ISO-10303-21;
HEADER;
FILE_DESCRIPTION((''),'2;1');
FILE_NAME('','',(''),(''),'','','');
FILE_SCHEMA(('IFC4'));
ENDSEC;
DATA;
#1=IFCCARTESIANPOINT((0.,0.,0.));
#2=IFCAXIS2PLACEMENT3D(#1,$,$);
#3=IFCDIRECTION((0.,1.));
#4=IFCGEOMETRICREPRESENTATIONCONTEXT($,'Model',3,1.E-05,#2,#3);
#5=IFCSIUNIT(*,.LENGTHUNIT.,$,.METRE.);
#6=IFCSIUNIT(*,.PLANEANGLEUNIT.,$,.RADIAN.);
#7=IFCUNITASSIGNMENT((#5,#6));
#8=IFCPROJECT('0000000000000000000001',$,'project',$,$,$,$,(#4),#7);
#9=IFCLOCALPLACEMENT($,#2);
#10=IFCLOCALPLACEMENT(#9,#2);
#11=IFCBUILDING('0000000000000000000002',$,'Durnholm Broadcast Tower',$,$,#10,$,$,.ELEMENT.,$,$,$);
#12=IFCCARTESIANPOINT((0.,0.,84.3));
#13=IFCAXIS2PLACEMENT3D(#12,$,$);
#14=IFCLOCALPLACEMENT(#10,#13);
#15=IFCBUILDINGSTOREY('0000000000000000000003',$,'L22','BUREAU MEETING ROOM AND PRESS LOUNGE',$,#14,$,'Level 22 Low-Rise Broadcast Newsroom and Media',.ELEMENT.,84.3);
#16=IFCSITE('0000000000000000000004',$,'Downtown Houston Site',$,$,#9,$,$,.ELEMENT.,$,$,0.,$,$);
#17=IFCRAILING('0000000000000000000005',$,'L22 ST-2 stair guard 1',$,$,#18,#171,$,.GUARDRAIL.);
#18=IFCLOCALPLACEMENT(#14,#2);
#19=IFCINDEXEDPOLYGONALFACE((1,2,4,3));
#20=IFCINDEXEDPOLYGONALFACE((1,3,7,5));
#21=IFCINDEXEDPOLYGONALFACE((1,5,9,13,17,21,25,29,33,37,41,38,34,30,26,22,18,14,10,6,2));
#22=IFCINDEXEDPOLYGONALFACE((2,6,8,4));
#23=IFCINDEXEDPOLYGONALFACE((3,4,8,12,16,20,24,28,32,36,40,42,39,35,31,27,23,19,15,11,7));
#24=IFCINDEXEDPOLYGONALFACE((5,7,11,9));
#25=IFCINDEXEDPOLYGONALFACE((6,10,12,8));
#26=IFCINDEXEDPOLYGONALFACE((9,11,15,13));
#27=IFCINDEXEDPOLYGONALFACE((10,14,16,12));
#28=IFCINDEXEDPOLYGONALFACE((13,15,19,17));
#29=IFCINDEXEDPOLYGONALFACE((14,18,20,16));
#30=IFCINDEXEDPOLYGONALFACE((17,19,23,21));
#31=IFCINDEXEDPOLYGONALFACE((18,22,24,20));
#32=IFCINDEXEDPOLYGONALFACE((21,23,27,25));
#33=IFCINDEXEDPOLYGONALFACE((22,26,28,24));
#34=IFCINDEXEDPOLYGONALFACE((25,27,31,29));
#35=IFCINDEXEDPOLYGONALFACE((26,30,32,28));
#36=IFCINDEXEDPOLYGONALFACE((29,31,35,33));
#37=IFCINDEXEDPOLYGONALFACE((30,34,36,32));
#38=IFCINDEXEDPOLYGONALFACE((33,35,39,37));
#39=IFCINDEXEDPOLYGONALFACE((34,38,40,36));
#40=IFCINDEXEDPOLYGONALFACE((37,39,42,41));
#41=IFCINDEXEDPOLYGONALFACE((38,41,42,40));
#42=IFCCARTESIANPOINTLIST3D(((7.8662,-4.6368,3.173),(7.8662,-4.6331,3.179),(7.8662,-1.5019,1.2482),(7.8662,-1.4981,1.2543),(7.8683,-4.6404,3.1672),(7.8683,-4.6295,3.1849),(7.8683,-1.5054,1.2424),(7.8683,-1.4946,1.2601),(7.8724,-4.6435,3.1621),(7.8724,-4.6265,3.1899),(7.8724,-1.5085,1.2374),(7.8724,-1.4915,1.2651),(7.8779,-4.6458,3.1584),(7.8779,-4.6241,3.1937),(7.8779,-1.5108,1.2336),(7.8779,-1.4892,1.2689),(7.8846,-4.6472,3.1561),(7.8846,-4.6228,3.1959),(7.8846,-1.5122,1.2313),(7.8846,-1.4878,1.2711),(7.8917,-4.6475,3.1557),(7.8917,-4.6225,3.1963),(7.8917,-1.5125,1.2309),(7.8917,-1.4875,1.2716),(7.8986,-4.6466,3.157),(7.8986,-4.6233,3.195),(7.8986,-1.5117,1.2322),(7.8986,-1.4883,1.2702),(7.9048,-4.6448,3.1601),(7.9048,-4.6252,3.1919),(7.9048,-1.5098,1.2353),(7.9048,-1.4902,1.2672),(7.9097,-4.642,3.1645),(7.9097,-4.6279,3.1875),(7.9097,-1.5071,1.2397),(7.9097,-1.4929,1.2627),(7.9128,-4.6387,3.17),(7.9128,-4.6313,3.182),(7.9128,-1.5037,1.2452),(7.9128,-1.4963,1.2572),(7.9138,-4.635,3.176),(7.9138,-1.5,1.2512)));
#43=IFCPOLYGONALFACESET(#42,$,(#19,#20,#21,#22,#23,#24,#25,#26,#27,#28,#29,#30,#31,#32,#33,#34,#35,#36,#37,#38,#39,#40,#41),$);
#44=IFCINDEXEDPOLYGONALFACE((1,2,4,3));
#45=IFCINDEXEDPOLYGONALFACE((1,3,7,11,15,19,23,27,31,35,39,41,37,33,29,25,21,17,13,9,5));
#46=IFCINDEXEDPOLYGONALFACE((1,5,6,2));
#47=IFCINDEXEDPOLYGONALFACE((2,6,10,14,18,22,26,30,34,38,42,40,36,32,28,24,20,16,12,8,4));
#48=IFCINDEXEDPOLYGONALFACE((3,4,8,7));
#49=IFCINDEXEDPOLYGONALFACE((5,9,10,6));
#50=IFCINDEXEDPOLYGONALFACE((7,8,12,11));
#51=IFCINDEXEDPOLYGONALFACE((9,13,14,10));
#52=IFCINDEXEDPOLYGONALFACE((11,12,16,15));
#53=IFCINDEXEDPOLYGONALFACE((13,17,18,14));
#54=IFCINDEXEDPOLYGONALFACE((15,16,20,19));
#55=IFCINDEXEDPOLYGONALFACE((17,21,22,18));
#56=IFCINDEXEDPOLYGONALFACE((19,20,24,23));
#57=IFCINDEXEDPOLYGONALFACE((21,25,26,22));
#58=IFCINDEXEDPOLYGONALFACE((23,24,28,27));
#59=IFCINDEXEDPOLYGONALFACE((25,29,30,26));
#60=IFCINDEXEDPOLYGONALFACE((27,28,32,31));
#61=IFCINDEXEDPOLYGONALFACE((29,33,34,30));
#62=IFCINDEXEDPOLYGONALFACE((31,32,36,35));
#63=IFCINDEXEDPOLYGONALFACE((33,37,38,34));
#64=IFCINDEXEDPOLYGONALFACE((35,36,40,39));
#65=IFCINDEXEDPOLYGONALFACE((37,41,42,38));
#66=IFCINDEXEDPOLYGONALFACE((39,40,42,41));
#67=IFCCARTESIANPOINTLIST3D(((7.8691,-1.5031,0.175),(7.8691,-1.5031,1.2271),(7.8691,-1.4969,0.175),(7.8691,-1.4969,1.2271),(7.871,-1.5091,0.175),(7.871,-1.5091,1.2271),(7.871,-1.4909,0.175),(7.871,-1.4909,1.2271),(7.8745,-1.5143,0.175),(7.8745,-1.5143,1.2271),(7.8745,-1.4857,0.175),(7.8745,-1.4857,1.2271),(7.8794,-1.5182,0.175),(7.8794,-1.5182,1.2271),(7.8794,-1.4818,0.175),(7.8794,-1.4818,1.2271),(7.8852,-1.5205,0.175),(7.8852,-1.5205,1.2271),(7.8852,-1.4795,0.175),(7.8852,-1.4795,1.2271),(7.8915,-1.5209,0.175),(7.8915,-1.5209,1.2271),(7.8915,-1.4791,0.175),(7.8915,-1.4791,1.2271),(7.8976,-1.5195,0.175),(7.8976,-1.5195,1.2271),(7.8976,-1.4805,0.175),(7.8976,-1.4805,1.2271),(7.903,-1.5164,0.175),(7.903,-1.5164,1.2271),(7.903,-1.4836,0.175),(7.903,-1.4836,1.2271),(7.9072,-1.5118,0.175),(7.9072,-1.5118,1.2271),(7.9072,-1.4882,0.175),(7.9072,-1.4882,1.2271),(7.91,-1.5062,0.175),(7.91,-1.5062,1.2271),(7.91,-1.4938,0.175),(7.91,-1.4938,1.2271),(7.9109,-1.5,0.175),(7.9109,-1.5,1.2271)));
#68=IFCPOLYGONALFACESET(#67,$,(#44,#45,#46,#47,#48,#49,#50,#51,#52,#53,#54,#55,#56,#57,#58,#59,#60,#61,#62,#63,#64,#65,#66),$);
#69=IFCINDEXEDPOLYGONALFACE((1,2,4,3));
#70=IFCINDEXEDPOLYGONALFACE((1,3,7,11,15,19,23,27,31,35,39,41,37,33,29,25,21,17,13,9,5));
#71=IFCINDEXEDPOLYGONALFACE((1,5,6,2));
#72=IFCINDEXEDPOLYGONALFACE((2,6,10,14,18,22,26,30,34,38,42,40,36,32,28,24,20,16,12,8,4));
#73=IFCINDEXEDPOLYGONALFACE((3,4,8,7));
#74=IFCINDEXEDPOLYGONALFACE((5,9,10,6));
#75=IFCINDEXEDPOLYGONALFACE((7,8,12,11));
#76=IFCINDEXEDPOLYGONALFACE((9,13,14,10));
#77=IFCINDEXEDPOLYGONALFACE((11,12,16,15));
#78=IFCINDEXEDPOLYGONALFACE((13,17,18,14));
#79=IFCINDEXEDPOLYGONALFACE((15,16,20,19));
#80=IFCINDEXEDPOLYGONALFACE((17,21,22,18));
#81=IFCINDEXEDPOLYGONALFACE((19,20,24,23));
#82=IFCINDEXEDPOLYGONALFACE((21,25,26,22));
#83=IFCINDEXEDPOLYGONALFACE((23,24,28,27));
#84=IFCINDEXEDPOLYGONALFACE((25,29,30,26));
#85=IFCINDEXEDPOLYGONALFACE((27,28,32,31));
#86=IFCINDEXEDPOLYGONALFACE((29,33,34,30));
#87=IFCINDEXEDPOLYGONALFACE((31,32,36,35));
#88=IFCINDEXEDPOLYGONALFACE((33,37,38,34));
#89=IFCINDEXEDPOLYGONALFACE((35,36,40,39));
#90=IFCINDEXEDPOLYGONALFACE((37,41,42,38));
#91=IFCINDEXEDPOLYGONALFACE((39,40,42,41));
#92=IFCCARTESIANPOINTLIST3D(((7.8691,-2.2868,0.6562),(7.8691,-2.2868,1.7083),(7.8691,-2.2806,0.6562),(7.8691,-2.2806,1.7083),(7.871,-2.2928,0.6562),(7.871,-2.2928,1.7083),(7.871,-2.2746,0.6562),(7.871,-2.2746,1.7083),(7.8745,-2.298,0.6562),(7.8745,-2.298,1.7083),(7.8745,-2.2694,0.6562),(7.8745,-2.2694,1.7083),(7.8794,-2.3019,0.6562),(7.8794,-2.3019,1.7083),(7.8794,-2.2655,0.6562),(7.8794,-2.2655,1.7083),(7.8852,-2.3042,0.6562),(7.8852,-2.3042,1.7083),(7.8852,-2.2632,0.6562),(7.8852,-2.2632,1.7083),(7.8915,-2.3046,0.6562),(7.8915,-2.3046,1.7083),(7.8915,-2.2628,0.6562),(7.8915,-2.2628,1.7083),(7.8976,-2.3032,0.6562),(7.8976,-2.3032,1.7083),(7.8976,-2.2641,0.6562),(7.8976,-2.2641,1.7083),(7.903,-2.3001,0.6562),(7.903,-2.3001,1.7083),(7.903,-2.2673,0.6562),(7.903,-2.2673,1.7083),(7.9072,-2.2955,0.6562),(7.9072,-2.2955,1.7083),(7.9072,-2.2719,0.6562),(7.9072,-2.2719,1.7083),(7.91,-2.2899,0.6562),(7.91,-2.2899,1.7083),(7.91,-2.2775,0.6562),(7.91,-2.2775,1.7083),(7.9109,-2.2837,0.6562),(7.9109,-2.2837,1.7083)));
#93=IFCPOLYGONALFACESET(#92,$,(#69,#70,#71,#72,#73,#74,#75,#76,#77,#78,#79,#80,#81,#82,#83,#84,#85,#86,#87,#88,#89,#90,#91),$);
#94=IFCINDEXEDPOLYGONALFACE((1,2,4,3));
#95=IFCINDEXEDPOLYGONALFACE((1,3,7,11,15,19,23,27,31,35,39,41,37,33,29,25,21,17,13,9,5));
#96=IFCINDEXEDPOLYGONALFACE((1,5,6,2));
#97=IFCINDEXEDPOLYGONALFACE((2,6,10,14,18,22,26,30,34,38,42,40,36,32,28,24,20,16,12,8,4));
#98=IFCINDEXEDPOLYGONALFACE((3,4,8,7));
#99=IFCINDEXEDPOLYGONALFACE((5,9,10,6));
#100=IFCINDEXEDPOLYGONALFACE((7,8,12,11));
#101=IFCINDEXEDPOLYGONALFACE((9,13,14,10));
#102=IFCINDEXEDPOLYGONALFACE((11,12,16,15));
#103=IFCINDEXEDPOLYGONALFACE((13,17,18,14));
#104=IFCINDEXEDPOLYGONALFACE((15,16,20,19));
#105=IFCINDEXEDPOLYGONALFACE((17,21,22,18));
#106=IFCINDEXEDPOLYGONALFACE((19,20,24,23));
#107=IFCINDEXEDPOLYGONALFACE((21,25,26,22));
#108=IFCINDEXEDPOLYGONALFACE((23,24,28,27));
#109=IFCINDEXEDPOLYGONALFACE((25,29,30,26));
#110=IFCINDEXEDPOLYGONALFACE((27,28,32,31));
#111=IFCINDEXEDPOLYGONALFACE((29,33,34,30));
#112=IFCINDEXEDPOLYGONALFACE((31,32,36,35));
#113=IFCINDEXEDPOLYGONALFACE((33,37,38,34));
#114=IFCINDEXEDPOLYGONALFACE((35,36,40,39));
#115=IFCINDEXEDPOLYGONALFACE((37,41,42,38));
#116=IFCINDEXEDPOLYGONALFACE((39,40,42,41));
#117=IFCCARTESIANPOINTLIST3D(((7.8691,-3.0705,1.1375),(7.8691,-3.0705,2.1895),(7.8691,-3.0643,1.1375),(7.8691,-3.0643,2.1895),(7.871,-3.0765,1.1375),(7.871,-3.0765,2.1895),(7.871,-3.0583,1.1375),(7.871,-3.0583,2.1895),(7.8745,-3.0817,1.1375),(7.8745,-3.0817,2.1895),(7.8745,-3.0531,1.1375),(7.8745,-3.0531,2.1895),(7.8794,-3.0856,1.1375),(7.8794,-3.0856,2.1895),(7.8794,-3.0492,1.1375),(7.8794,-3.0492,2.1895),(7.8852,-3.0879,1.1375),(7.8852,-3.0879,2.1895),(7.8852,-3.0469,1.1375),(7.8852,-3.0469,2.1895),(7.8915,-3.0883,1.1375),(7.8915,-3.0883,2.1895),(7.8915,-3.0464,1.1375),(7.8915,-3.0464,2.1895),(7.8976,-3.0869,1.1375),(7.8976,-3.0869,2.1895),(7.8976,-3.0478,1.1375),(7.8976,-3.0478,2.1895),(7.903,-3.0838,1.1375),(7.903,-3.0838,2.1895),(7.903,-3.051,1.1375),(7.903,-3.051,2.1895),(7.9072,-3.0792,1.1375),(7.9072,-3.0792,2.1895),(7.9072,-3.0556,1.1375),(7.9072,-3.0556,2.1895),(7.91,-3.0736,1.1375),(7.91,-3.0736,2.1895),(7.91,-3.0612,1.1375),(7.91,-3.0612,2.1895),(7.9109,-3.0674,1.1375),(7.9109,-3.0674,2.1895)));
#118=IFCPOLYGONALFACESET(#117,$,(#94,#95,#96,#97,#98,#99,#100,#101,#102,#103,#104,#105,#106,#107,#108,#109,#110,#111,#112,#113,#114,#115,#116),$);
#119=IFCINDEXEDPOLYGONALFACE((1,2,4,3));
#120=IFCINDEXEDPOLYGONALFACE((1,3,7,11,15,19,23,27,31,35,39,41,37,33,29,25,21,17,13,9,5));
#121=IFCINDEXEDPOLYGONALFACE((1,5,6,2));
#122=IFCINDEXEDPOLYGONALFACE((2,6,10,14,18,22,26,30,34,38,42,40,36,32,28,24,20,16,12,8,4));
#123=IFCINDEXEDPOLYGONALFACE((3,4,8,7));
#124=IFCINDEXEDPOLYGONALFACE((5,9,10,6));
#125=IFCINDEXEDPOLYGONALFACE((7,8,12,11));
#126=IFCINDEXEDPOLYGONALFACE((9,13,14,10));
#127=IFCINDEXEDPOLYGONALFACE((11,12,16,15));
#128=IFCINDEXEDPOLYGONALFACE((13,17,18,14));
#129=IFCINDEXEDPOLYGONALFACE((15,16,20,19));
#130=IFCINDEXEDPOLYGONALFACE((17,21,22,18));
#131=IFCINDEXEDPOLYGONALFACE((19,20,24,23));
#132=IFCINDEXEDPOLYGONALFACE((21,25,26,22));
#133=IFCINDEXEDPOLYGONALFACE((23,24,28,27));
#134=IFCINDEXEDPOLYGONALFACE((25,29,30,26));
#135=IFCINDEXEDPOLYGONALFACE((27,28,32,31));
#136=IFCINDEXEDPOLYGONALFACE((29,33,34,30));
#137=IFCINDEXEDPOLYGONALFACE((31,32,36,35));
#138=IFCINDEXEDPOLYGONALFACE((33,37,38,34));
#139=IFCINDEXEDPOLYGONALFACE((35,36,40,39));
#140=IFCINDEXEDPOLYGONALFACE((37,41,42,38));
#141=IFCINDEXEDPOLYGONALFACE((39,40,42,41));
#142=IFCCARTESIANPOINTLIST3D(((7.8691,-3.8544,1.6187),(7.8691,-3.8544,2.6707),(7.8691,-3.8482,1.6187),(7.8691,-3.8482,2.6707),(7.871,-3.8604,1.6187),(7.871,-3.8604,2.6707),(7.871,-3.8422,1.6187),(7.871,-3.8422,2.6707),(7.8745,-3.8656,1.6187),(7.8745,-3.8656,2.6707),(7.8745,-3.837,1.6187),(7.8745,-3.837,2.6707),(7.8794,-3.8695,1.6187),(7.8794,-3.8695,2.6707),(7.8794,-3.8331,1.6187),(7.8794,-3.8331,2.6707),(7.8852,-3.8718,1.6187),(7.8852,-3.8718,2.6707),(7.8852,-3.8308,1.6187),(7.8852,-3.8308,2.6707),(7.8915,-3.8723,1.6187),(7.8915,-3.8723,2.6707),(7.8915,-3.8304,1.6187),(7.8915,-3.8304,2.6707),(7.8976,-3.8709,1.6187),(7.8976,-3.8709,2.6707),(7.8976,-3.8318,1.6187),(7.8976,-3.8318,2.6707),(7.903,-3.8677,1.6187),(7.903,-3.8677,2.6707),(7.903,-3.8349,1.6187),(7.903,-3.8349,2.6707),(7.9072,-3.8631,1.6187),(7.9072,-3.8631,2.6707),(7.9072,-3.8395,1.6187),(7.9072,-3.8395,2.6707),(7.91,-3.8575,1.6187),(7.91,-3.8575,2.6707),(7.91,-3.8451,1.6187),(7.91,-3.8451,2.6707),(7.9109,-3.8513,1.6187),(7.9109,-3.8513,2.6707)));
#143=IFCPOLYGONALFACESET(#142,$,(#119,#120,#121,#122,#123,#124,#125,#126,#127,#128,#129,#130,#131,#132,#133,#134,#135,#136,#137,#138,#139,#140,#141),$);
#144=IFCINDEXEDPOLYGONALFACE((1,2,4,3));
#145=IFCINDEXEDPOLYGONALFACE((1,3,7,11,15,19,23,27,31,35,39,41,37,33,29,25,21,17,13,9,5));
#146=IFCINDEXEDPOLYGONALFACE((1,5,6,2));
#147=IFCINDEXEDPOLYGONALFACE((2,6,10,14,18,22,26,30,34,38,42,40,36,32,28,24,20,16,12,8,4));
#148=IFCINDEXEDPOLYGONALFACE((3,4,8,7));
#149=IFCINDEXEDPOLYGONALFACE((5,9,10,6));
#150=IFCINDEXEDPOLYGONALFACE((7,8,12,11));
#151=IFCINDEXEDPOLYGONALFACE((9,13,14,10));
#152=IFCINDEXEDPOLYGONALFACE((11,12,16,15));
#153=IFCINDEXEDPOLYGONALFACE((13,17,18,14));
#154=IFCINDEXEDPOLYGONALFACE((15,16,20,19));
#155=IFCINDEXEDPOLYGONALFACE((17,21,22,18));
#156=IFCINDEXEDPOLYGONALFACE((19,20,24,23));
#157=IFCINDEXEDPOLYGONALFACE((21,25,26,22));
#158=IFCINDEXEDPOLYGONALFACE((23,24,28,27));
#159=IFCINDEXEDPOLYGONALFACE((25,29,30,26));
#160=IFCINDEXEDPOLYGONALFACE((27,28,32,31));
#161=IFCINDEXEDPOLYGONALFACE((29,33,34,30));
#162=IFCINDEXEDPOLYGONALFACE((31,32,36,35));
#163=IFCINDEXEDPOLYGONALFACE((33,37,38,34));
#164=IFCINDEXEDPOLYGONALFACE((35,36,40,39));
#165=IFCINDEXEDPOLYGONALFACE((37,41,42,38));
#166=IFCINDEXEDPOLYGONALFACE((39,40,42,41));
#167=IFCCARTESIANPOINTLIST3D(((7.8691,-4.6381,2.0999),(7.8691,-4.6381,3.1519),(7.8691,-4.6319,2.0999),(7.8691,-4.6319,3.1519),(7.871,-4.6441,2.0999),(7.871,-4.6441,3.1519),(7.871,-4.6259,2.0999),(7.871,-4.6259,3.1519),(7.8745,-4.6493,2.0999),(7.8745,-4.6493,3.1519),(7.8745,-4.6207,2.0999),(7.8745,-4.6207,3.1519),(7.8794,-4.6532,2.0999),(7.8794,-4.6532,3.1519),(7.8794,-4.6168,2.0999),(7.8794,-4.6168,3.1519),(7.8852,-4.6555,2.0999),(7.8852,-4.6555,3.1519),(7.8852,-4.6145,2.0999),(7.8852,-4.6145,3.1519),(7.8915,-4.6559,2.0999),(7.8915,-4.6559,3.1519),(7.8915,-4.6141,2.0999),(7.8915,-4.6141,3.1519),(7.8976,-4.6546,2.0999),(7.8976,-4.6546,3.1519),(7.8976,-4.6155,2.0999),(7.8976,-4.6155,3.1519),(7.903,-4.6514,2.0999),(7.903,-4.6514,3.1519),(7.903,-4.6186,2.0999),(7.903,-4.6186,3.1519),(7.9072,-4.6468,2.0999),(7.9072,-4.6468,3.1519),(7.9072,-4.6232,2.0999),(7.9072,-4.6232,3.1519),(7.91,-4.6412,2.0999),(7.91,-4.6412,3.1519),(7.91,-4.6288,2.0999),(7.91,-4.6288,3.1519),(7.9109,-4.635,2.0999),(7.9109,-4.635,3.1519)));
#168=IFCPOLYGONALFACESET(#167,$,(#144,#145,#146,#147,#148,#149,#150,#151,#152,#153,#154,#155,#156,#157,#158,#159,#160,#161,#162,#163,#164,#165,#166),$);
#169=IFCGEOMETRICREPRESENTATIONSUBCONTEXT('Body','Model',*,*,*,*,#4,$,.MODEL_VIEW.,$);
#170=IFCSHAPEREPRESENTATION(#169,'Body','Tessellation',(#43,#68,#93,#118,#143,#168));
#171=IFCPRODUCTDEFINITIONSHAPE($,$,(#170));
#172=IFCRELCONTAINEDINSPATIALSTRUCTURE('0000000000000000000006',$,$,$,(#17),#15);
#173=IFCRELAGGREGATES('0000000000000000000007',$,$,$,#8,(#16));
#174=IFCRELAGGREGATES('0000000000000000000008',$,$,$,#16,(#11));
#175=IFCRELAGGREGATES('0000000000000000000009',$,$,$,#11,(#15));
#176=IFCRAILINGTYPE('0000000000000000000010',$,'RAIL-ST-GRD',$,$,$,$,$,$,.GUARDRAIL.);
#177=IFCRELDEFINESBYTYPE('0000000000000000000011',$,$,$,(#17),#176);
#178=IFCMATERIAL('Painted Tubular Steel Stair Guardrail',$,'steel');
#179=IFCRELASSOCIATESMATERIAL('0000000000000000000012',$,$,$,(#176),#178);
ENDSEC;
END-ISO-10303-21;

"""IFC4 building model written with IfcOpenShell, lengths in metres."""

from ifc_helpers import new_model, si_unit, direction, frame, origin, origin_2d, place, context, subcontext, project, spatial, circle, extrude, material, type_object, element, save


model = new_model("IFC4")

# Units and contexts
model_context = context("Model", 3, precision=1e-05, world=origin(), true_north=direction((0.0, 1.0)))
body_context = subcontext(model_context, "Body", "Model", "MODEL_VIEW")
ifc_project = project(units=[si_unit("LENGTHUNIT", "METRE"), si_unit("PLANEANGLEUNIT", "RADIAN")], contexts=[model_context])

# Site, building, storey
site_placement = place(None, origin())
site = spatial("IfcSite", under=ifc_project, at=site_placement, Name="Downtown Houston Site", CompositionType="ELEMENT", RefElevation=0.0)
building_placement = place(site_placement, origin())
building = spatial("IfcBuilding", under=site, at=building_placement, Name="Durnholm Broadcast Tower", CompositionType="ELEMENT")
storey_placement = place(building_placement, frame((0.0, 0.0, 84.3)))
storey = spatial("IfcBuildingStorey", under=building, at=storey_placement, Name="L22", Description="BUREAU MEETING ROOM AND PRESS LOUNGE", LongName="Level 22 Low-Rise Broadcast Newsroom and Media", CompositionType="ELEMENT", Elevation=84.3)

# Railing
ifc_material_1 = material(Name="Painted Tubular Steel Stair Guardrail", Category="steel")
railing_type_1 = type_object("IfcRailingType", Name="RAIL-ST-GRD", PredefinedType="GUARDRAIL", material=ifc_material_1)
railing_1_placement = place(storey_placement, frame((7.8899, -1.5, 0.175)))
element("IfcRailing", 1, at=railing_1_placement, inside=storey, type_object=railing_type_1, Name="L22 ST-2 stair guard 1", PredefinedType="GUARDRAIL", context=body_context, shape_type="SweptSolid", body=[
    extrude(circle(Radius=0.0239, at=origin_2d()), frame((0.0, 0.0, 1.0762), z_axis=(0.0, -0.852196, 0.523223), x_axis=(1.0, 0.0, 0.0)), (0.0, 0.0, 1.0), 3.6787),
    extrude(circle(Radius=0.021, at=origin_2d()), origin(), (0.0, 0.0, 1.0), 1.052),
    extrude(circle(Radius=0.021, at=origin_2d()), frame((0.0, -0.7837, 0.4812)), (0.0, 0.0, 1.0), 1.052),
    extrude(circle(Radius=0.021, at=origin_2d()), frame((0.0, -1.5674, 0.9624)), (0.0, 0.0, 1.0), 1.052),
    extrude(circle(Radius=0.021, at=origin_2d()), frame((0.0, -2.3513, 1.4436)), (0.0, 0.0, 1.0), 1.052),
    extrude(circle(Radius=0.021, at=origin_2d()), frame((0.0, -3.135, 1.9248)), (0.0, 0.0, 1.0), 1.052),
])

save(model, "model.ifc")
